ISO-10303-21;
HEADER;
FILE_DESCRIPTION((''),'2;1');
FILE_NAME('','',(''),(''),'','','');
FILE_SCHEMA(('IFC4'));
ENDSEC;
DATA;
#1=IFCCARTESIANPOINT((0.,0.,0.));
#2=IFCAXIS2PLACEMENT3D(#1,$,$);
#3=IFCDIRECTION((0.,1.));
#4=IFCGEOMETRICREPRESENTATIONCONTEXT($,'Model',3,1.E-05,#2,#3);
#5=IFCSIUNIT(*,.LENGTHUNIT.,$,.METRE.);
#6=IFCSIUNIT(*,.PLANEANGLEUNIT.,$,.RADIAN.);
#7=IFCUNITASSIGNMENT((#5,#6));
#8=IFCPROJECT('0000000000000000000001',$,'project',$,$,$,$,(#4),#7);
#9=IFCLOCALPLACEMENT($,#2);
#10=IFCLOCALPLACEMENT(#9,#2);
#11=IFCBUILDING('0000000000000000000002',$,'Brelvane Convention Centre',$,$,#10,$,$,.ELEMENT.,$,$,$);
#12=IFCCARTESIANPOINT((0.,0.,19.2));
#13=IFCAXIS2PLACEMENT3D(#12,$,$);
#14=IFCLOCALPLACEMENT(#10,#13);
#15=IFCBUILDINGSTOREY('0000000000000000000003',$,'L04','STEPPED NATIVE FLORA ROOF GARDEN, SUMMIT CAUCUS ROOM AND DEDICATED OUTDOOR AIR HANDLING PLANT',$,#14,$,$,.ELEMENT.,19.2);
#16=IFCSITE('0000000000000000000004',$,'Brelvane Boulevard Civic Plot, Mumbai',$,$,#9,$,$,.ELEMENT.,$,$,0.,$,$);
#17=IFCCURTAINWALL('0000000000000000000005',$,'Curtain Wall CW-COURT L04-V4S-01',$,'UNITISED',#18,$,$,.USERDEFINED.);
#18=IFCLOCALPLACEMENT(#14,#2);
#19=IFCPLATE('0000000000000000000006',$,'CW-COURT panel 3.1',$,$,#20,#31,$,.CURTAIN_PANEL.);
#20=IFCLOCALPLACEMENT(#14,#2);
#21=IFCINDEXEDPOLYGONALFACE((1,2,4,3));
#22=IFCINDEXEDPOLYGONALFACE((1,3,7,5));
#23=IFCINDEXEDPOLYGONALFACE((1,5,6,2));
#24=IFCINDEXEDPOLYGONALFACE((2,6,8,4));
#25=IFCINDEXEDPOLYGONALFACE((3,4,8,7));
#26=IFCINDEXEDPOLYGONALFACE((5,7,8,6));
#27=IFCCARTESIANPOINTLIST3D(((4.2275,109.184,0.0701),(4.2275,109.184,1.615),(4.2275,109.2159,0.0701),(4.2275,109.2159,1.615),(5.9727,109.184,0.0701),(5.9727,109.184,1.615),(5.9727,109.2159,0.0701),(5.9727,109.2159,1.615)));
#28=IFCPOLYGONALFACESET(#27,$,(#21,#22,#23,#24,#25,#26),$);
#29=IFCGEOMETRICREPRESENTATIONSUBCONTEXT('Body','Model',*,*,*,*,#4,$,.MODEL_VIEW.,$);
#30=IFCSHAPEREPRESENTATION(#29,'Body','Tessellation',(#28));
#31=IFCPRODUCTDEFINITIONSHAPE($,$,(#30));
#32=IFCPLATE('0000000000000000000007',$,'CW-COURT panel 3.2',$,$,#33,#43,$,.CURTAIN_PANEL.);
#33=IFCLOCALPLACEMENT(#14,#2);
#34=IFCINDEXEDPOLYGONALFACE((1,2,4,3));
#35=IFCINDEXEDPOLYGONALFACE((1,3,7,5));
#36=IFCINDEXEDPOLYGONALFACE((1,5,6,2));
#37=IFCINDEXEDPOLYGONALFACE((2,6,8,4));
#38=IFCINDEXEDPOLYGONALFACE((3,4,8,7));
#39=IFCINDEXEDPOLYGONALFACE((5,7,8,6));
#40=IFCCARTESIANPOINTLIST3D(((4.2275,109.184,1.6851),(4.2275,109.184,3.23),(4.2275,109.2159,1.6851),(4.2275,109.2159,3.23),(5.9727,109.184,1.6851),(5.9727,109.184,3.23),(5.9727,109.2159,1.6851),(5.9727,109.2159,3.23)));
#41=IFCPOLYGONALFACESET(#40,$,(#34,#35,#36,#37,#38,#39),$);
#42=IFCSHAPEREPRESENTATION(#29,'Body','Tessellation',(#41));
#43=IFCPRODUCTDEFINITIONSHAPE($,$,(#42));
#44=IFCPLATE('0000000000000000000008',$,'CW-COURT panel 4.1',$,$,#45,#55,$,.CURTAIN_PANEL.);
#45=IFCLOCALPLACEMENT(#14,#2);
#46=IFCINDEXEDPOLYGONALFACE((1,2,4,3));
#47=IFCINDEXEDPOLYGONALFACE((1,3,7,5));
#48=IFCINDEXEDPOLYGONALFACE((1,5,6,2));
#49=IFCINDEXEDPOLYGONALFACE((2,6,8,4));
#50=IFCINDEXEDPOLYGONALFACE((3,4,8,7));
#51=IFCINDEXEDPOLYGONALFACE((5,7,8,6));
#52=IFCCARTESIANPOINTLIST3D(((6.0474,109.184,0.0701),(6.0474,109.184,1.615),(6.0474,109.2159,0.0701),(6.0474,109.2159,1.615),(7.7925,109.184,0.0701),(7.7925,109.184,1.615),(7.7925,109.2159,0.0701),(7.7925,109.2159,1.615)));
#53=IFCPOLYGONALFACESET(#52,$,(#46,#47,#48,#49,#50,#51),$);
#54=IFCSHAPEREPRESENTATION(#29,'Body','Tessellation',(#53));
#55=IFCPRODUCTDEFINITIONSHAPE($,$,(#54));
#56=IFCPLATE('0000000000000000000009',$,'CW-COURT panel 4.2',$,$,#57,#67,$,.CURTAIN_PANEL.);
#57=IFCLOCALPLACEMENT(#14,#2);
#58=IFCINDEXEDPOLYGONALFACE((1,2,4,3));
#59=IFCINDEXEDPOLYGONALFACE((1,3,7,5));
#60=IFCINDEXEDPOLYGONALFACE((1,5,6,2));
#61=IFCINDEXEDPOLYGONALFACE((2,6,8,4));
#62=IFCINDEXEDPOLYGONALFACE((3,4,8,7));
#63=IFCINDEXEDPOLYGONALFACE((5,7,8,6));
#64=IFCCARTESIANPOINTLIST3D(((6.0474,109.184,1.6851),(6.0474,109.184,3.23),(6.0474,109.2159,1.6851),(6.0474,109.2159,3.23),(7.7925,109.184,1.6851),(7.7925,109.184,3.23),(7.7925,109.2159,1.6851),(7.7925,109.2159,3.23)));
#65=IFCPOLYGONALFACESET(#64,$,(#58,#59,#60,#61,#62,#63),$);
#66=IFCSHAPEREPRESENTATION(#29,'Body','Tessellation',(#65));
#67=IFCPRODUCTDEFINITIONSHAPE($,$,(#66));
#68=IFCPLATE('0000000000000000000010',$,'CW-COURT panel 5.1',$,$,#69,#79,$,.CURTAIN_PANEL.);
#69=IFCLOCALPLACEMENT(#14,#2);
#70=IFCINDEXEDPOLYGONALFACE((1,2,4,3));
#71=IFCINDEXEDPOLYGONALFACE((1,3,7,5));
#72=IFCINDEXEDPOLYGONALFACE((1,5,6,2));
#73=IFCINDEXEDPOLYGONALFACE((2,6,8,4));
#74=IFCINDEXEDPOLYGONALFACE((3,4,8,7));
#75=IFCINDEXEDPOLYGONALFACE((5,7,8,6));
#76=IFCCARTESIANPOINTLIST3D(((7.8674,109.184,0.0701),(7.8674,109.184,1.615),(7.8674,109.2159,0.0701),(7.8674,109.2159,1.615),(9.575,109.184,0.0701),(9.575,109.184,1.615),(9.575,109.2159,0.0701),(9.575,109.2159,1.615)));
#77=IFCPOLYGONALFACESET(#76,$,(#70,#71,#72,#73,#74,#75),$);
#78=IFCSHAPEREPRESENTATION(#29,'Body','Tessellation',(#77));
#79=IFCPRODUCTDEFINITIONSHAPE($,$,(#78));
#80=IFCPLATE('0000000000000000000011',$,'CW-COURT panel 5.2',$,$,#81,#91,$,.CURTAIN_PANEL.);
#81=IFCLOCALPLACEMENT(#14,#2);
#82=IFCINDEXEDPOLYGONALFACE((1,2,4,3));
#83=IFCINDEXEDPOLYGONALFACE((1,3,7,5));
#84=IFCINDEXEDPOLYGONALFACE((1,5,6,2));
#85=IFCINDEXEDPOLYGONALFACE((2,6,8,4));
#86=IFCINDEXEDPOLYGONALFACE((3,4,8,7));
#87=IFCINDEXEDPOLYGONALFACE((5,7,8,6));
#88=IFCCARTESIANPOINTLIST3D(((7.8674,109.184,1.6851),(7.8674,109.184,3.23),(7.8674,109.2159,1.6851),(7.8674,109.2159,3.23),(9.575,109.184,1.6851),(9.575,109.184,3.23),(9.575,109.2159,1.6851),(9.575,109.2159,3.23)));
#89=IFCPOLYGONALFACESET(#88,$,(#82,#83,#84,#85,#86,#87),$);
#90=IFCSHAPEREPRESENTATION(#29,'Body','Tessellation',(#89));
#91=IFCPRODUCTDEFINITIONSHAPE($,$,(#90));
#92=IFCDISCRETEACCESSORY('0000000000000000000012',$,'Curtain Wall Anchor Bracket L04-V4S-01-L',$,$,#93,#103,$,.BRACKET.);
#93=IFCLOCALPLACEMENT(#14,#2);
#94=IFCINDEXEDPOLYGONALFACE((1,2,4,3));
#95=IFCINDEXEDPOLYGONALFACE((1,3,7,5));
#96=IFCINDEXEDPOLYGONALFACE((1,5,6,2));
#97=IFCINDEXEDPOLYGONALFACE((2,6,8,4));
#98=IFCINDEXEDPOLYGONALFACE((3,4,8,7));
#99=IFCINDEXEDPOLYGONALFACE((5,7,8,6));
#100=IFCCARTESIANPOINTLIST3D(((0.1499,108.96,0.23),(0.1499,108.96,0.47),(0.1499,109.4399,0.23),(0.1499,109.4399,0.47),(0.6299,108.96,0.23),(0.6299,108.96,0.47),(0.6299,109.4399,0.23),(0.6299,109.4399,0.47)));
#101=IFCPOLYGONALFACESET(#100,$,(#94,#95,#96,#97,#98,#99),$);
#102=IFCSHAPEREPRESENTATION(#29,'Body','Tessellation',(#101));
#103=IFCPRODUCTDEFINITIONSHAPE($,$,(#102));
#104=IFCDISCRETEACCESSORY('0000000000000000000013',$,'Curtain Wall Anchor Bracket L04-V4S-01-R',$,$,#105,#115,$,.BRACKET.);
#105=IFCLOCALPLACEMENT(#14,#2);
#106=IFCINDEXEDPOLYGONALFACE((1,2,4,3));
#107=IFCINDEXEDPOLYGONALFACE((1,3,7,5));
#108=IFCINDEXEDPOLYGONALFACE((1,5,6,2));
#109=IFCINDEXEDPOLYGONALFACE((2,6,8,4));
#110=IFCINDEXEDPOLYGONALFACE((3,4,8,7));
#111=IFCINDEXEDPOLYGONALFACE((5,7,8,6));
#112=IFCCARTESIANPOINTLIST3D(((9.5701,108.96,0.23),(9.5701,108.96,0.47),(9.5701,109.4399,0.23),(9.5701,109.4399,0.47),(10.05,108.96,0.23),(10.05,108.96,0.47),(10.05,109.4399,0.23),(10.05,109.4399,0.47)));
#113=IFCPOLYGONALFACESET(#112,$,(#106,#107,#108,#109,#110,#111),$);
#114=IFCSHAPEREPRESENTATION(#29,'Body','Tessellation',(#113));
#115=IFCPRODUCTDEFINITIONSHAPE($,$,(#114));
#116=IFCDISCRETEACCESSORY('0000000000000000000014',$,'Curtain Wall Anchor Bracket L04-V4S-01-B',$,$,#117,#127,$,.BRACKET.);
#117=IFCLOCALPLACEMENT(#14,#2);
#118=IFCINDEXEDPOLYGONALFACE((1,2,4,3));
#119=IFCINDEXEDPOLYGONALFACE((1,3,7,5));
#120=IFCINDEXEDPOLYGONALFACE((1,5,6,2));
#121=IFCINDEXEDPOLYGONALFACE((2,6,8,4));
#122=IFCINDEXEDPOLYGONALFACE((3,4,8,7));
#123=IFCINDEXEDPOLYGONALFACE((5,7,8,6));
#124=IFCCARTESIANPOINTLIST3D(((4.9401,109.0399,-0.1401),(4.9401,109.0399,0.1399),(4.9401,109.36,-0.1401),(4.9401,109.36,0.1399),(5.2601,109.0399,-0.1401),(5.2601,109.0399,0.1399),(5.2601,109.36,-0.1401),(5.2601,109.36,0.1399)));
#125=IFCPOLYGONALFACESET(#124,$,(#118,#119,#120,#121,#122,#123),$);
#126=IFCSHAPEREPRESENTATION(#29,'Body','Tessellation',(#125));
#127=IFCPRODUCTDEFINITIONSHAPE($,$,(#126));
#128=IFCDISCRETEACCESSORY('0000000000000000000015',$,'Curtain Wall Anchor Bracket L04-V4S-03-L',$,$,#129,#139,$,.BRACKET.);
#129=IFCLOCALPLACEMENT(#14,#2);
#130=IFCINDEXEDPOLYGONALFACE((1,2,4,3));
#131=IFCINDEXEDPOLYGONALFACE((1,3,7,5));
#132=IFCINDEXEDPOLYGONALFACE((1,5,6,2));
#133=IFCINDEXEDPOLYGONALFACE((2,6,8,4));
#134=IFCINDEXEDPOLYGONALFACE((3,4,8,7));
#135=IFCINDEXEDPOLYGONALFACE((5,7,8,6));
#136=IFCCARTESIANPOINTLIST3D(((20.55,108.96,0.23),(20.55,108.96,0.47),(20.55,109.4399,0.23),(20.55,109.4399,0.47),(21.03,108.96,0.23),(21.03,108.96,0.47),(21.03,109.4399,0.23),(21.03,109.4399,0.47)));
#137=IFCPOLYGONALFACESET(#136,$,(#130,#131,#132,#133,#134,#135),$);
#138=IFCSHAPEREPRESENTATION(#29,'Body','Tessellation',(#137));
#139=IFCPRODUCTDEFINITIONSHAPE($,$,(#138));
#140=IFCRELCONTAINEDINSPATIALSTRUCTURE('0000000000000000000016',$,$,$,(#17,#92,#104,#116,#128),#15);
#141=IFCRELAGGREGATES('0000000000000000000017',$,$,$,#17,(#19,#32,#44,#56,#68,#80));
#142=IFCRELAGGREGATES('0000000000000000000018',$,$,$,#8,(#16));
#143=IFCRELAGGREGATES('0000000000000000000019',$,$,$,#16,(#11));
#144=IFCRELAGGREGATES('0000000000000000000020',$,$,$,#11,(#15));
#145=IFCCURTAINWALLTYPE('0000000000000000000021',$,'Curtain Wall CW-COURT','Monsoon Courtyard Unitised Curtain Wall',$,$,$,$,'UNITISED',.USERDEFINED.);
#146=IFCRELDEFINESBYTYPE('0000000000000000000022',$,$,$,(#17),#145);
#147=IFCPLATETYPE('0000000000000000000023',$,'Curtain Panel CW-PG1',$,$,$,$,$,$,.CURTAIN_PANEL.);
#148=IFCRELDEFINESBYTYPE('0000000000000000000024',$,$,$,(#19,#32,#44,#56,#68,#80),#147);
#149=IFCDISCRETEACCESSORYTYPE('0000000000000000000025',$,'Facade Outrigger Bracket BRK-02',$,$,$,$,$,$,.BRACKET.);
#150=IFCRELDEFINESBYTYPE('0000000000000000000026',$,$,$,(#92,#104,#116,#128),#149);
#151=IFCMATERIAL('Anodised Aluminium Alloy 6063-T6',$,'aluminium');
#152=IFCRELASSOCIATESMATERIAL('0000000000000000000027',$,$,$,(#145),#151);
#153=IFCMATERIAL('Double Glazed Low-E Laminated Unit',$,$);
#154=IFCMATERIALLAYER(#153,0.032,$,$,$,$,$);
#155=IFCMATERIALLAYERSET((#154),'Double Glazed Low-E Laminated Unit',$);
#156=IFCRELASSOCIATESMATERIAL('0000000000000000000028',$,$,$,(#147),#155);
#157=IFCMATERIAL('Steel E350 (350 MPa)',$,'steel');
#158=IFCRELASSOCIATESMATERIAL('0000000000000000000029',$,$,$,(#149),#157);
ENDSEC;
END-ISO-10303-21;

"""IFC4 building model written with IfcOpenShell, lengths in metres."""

from ifc_helpers import new_model, si_unit, direction, frame, origin, origin_2d, place, context, subcontext, project, spatial, rectangle, extrude, material, layer, layer_set, type_object, element, aggregate, save


model = new_model("IFC4")

# Units and contexts
model_context = context("Model", 3, precision=1e-05, world=origin(), true_north=direction((0.0, 1.0)))
body_context = subcontext(model_context, "Body", "Model", "MODEL_VIEW")
ifc_project = project(units=[si_unit("LENGTHUNIT", "METRE"), si_unit("PLANEANGLEUNIT", "RADIAN")], contexts=[model_context])

# Site, building, storey
site_placement = place(None, origin())
site = spatial("IfcSite", under=ifc_project, at=site_placement, Name="Brelvane Boulevard Civic Plot, Mumbai", CompositionType="ELEMENT", RefElevation=0.0)
building_placement = place(site_placement, origin())
building = spatial("IfcBuilding", under=site, at=building_placement, Name="Brelvane Convention Centre", CompositionType="ELEMENT")
storey_placement = place(building_placement, frame((0.0, 0.0, 19.2)))
storey = spatial("IfcBuildingStorey", under=building, at=storey_placement, Name="L04", Description="STEPPED NATIVE FLORA ROOF GARDEN, SUMMIT CAUCUS ROOM AND DEDICATED OUTDOOR AIR HANDLING PLANT", CompositionType="ELEMENT", Elevation=19.2)

# Curtain wall, plates
ifc_material_1 = material(Name="Anodised Aluminium Alloy 6063-T6", Category="aluminium")
curtain_wall_type = type_object("IfcCurtainWallType", Name="Curtain Wall CW-COURT", Description="Monsoon Courtyard Unitised Curtain Wall", ElementType="UNITISED", PredefinedType="USERDEFINED", material=ifc_material_1)
curtain_wall_placement = place(storey_placement, origin())
curtain_wall = element("IfcCurtainWall", 1, at=curtain_wall_placement, inside=storey, type_object=curtain_wall_type, Name="Curtain Wall CW-COURT L04-V4S-01", ObjectType="UNITISED", PredefinedType="USERDEFINED")
ifc_material_2 = material(Name="Double Glazed Low-E Laminated Unit")
ifc_layer = layer(ifc_material_2, 0.032)
ifc_layer_set = layer_set([ifc_layer], Name="Double Glazed Low-E Laminated Unit")
plate_type = type_object("IfcPlateType", Name="Curtain Panel CW-PG1", PredefinedType="CURTAIN_PANEL", material=ifc_layer_set)
plate_1_placement = place(storey_placement, frame((5.1001, 109.2, 0.0701), z_axis=(0.0, 0.0, 1.0), x_axis=(1.0, 0.0, 0.0)))
plate_1 = element("IfcPlate", 2, at=plate_1_placement, type_object=plate_type, Name="CW-COURT panel 3.1", PredefinedType="CURTAIN_PANEL", context=body_context, shape_type="SweptSolid", body=[
    extrude(rectangle(XDim=1.7451, YDim=0.032, at=origin_2d()), origin(), (0.0, 0.0, 1.0), 1.5449),
])
plate_2_placement = place(storey_placement, frame((5.1001, 109.2, 1.6851), z_axis=(0.0, 0.0, 1.0), x_axis=(1.0, 0.0, 0.0)))
plate_2 = element("IfcPlate", 3, at=plate_2_placement, type_object=plate_type, Name="CW-COURT panel 3.2", PredefinedType="CURTAIN_PANEL", context=body_context, shape_type="SweptSolid", body=[
    extrude(rectangle(XDim=1.7451, YDim=0.032, at=origin_2d()), origin(), (0.0, 0.0, 1.0), 1.5449),
])
plate_3_placement = place(storey_placement, frame((6.9199, 109.2, 0.0701), z_axis=(0.0, 0.0, 1.0), x_axis=(1.0, 0.0, 0.0)))
plate_3 = element("IfcPlate", 4, at=plate_3_placement, type_object=plate_type, Name="CW-COURT panel 4.1", PredefinedType="CURTAIN_PANEL", context=body_context, shape_type="SweptSolid", body=[
    extrude(rectangle(XDim=1.7451, YDim=0.032, at=origin_2d()), origin(), (0.0, 0.0, 1.0), 1.5449),
])
plate_4_placement = place(storey_placement, frame((6.9199, 109.2, 1.6851), z_axis=(0.0, 0.0, 1.0), x_axis=(1.0, 0.0, 0.0)))
plate_4 = element("IfcPlate", 5, at=plate_4_placement, type_object=plate_type, Name="CW-COURT panel 4.2", PredefinedType="CURTAIN_PANEL", context=body_context, shape_type="SweptSolid", body=[
    extrude(rectangle(XDim=1.7451, YDim=0.032, at=origin_2d()), origin(), (0.0, 0.0, 1.0), 1.5449),
])
plate_5_placement = place(storey_placement, frame((8.7212, 109.2, 0.0701), z_axis=(0.0, 0.0, 1.0), x_axis=(1.0, 0.0, 0.0)))
plate_5 = element("IfcPlate", 6, at=plate_5_placement, type_object=plate_type, Name="CW-COURT panel 5.1", PredefinedType="CURTAIN_PANEL", context=body_context, shape_type="SweptSolid", body=[
    extrude(rectangle(XDim=1.7075, YDim=0.032, at=origin_2d()), origin(), (0.0, 0.0, 1.0), 1.5449),
])
plate_6_placement = place(storey_placement, frame((8.7212, 109.2, 1.6851), z_axis=(0.0, 0.0, 1.0), x_axis=(1.0, 0.0, 0.0)))
plate_6 = element("IfcPlate", 7, at=plate_6_placement, type_object=plate_type, Name="CW-COURT panel 5.2", PredefinedType="CURTAIN_PANEL", context=body_context, shape_type="SweptSolid", body=[
    extrude(rectangle(XDim=1.7075, YDim=0.032, at=origin_2d()), origin(), (0.0, 0.0, 1.0), 1.5449),
])
aggregate(curtain_wall, [plate_1, plate_2, plate_3, plate_4, plate_5, plate_6])

# Discrete accessories
ifc_material_3 = material(Name="Steel E350 (350 MPa)", Category="steel")
discrete_accessory_type = type_object("IfcDiscreteAccessoryType", Name="Facade Outrigger Bracket BRK-02", PredefinedType="BRACKET", material=ifc_material_3)
for number, where, z_axis, x_axis, name in (
    (8, (0.3899, 109.2, 0.23), (0.0, 0.0, 1.0), (1.0, 0.0, 0.0), "Curtain Wall Anchor Bracket L04-V4S-01-L"),
    (9, (9.8101, 109.2, 0.23), (0.0, 0.0, 1.0), (1.0, 0.0, 0.0), "Curtain Wall Anchor Bracket L04-V4S-01-R"),
):
    element("IfcDiscreteAccessory", number, at=place(storey_placement, frame(where, z_axis=z_axis, x_axis=x_axis)), inside=storey, type_object=discrete_accessory_type, Name=name, PredefinedType="BRACKET", context=body_context, shape_type="SweptSolid", body=[
        extrude(rectangle(XDim=0.48, YDim=0.48, at=origin_2d()), origin(), (0.0, 0.0, 1.0), 0.24),
    ])
discrete_accessory_1_placement = place(storey_placement, frame((5.1001, 109.2, -0.1401), z_axis=(0.0, 0.0, 1.0), x_axis=(1.0, 0.0, 0.0)))
element("IfcDiscreteAccessory", 10, at=discrete_accessory_1_placement, inside=storey, type_object=discrete_accessory_type, Name="Curtain Wall Anchor Bracket L04-V4S-01-B", PredefinedType="BRACKET", context=body_context, shape_type="SweptSolid", body=[
    extrude(rectangle(XDim=0.3201, YDim=0.3201, at=origin_2d()), origin(), (0.0, 0.0, 1.0), 0.28),
])
discrete_accessory_2_placement = place(storey_placement, frame((20.79, 109.2, 0.23), z_axis=(0.0, 0.0, 1.0), x_axis=(1.0, 0.0, 0.0)))
element("IfcDiscreteAccessory", 11, at=discrete_accessory_2_placement, inside=storey, type_object=discrete_accessory_type, Name="Curtain Wall Anchor Bracket L04-V4S-03-L", PredefinedType="BRACKET", context=body_context, shape_type="SweptSolid", body=[
    extrude(rectangle(XDim=0.48, YDim=0.48, at=origin_2d()), origin(), (0.0, 0.0, 1.0), 0.24),
])

save(model, "model.ifc")
